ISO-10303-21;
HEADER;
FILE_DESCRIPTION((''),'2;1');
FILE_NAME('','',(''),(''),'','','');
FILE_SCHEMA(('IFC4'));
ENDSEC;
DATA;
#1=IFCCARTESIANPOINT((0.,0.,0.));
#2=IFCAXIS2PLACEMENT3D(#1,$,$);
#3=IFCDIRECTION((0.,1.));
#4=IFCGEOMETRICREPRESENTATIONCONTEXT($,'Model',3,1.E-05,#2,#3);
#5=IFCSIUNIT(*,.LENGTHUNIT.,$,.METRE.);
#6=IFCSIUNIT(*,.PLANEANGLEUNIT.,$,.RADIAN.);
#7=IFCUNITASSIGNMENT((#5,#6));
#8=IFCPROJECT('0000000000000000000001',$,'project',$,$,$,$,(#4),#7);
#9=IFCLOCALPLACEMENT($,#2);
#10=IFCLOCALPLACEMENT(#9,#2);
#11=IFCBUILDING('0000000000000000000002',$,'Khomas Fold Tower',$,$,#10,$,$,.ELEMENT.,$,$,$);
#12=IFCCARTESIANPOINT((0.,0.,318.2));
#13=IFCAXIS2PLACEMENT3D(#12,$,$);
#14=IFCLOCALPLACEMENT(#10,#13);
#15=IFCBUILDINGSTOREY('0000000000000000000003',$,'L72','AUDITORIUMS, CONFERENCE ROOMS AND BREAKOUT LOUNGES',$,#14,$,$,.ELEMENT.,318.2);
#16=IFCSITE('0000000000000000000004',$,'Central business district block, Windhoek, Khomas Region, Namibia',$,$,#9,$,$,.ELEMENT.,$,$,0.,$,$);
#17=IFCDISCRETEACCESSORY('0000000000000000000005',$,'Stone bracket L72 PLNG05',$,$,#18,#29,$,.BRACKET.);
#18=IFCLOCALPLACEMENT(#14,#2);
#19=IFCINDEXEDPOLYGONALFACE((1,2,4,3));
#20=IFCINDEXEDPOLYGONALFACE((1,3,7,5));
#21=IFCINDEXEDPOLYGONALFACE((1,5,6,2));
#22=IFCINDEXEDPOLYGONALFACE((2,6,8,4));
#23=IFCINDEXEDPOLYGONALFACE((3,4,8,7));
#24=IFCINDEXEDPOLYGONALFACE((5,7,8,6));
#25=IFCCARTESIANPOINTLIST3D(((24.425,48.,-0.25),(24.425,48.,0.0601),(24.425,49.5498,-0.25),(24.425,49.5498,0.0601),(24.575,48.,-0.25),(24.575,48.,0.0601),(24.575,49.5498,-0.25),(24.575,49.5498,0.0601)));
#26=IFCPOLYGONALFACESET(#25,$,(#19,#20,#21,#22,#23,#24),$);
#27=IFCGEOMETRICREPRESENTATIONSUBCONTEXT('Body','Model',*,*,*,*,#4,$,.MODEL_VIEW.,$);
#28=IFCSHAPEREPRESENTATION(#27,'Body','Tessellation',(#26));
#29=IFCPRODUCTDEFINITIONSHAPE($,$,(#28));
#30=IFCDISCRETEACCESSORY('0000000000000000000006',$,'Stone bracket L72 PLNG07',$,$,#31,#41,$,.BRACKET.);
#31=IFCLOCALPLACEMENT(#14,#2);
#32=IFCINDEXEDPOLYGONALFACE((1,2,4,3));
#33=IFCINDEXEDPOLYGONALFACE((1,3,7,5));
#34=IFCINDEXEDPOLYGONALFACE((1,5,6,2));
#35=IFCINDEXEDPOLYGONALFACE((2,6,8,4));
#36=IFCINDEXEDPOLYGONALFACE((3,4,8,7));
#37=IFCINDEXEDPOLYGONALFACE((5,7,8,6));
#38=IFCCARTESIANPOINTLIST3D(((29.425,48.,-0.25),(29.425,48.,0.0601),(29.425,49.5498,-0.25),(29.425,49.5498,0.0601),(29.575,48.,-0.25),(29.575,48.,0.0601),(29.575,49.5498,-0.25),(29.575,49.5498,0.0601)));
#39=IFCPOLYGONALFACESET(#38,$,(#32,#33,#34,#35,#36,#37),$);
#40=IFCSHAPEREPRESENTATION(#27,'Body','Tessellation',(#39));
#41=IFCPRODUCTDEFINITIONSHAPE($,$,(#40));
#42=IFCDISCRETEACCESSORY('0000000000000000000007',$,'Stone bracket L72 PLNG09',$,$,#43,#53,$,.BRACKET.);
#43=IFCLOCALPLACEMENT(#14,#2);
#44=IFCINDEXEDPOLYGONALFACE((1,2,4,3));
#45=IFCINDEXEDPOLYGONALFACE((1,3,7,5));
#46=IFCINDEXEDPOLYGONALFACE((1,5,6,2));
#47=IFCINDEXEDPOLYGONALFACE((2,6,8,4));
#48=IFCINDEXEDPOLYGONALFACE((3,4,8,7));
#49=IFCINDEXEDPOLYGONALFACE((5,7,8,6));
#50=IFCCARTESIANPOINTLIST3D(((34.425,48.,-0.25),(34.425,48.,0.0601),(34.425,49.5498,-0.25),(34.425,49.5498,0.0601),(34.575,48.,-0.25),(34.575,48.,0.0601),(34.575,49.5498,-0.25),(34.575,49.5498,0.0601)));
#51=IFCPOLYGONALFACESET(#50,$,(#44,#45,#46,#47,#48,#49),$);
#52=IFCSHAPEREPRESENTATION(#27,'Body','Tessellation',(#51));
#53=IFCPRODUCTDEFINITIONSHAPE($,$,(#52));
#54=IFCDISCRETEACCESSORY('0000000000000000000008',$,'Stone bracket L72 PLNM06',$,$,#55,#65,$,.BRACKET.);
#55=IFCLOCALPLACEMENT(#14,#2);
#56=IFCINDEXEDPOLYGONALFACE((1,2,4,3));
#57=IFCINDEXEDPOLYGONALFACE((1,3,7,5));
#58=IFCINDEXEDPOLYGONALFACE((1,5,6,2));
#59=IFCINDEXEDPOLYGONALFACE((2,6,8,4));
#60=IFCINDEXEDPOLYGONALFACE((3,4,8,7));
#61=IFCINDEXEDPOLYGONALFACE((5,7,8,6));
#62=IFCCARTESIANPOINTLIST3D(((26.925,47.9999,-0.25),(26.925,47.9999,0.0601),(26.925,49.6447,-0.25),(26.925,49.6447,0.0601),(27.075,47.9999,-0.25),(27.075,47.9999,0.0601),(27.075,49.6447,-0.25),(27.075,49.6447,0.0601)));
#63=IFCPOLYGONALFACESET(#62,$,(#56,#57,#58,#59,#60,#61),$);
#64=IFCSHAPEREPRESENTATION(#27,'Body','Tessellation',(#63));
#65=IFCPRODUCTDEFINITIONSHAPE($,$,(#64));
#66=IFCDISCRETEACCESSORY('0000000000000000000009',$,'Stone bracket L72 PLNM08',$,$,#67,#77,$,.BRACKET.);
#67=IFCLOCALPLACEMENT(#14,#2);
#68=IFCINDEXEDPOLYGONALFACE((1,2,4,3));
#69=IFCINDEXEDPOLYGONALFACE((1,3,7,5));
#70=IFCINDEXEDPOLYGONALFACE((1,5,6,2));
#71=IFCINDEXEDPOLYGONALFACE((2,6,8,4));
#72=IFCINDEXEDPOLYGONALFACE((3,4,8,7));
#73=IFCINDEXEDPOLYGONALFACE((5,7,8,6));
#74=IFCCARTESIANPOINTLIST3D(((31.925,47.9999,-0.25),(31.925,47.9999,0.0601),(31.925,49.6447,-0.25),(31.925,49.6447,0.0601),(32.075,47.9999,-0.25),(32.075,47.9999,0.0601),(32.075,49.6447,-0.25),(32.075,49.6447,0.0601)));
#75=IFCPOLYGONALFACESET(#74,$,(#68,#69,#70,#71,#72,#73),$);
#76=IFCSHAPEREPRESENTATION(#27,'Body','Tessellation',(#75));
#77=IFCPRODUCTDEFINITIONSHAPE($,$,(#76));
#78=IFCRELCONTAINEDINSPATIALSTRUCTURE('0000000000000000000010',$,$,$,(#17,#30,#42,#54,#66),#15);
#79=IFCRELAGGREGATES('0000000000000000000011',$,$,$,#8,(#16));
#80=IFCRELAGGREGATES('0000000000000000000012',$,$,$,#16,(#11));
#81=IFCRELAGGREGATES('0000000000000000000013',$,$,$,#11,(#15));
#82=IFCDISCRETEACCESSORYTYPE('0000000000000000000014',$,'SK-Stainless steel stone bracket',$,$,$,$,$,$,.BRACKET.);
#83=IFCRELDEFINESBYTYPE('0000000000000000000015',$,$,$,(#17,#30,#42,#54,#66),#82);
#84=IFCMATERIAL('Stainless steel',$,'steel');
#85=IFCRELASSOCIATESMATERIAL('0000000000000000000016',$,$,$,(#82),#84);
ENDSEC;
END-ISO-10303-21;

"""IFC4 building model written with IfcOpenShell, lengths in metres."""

from ifc_helpers import new_model, si_unit, direction, frame, origin, origin_2d, place, context, subcontext, project, spatial, rectangle, extrude, source, transform, mapped, material, type_object, element, save


model = new_model("IFC4")

# Units and contexts
model_context = context("Model", 3, precision=1e-05, world=origin(), true_north=direction((0.0, 1.0)))
body_context = subcontext(model_context, "Body", "Model", "MODEL_VIEW")
ifc_project = project(units=[si_unit("LENGTHUNIT", "METRE"), si_unit("PLANEANGLEUNIT", "RADIAN")], contexts=[model_context])

# Site, building, storey
site_placement = place(None, origin())
site = spatial("IfcSite", under=ifc_project, at=site_placement, Name="Central business district block, Windhoek, Khomas Region, Namibia", CompositionType="ELEMENT", RefElevation=0.0)
building_placement = place(site_placement, origin())
building = spatial("IfcBuilding", under=site, at=building_placement, Name="Khomas Fold Tower", CompositionType="ELEMENT")
storey_placement = place(building_placement, frame((0.0, 0.0, 318.2)))
storey = spatial("IfcBuildingStorey", under=building, at=storey_placement, Name="L72", Description="AUDITORIUMS, CONFERENCE ROOMS AND BREAKOUT LOUNGES", CompositionType="ELEMENT", Elevation=318.2)

# Discrete accessories
ifc_material_1 = material(Name="Stainless steel", Category="steel")
discrete_accessory_type = type_object("IfcDiscreteAccessoryType", Name="SK-Stainless steel stone bracket", PredefinedType="BRACKET", material=ifc_material_1)
shared_shape_1 = source(origin(), body_context, "Body", "SweptSolid", [
    extrude(rectangle(XDim=1.5498, YDim=0.1499, at=origin_2d()), origin(), (0.0, 0.0, 1.0), 0.3101),
])
for number, where, z_axis, x_axis, name in (
    (1, (24.5, 48.7749, -0.25), (0.0, 0.0, 1.0), (0.0, 1.0, 0.0), "Stone bracket L72 PLNG05"),
    (2, (29.5, 48.7749, -0.25), (0.0, 0.0, 1.0), (0.0, 1.0, 0.0), "Stone bracket L72 PLNG07"),
    (3, (34.5, 48.7749, -0.25), (0.0, 0.0, 1.0), (0.0, 1.0, 0.0), "Stone bracket L72 PLNG09"),
):
    element("IfcDiscreteAccessory", number, at=place(storey_placement, frame(where, z_axis=z_axis, x_axis=x_axis)), inside=storey, type_object=discrete_accessory_type, Name=name, PredefinedType="BRACKET", context=body_context, shape_type="MappedRepresentation", body=[
        mapped(shared_shape_1, transform((0.0, 0.0, 0.0))),
    ])
shared_shape_2 = source(origin(), body_context, "Body", "SweptSolid", [
    extrude(rectangle(XDim=1.6448, YDim=0.1499, at=origin_2d()), origin(), (0.0, 0.0, 1.0), 0.3101),
])
for number, where, z_axis, x_axis, name in (
    (4, (27.0, 48.8223, -0.25), (0.0, 0.0, 1.0), (0.0, 1.0, 0.0), "Stone bracket L72 PLNM06"),
    (5, (32.0, 48.8223, -0.25), (0.0, 0.0, 1.0), (0.0, 1.0, 0.0), "Stone bracket L72 PLNM08"),
):
    element("IfcDiscreteAccessory", number, at=place(storey_placement, frame(where, z_axis=z_axis, x_axis=x_axis)), inside=storey, type_object=discrete_accessory_type, Name=name, PredefinedType="BRACKET", context=body_context, shape_type="MappedRepresentation", body=[
        mapped(shared_shape_2, transform((0.0, 0.0, 0.0))),
    ])

save(model, "model.ifc")
